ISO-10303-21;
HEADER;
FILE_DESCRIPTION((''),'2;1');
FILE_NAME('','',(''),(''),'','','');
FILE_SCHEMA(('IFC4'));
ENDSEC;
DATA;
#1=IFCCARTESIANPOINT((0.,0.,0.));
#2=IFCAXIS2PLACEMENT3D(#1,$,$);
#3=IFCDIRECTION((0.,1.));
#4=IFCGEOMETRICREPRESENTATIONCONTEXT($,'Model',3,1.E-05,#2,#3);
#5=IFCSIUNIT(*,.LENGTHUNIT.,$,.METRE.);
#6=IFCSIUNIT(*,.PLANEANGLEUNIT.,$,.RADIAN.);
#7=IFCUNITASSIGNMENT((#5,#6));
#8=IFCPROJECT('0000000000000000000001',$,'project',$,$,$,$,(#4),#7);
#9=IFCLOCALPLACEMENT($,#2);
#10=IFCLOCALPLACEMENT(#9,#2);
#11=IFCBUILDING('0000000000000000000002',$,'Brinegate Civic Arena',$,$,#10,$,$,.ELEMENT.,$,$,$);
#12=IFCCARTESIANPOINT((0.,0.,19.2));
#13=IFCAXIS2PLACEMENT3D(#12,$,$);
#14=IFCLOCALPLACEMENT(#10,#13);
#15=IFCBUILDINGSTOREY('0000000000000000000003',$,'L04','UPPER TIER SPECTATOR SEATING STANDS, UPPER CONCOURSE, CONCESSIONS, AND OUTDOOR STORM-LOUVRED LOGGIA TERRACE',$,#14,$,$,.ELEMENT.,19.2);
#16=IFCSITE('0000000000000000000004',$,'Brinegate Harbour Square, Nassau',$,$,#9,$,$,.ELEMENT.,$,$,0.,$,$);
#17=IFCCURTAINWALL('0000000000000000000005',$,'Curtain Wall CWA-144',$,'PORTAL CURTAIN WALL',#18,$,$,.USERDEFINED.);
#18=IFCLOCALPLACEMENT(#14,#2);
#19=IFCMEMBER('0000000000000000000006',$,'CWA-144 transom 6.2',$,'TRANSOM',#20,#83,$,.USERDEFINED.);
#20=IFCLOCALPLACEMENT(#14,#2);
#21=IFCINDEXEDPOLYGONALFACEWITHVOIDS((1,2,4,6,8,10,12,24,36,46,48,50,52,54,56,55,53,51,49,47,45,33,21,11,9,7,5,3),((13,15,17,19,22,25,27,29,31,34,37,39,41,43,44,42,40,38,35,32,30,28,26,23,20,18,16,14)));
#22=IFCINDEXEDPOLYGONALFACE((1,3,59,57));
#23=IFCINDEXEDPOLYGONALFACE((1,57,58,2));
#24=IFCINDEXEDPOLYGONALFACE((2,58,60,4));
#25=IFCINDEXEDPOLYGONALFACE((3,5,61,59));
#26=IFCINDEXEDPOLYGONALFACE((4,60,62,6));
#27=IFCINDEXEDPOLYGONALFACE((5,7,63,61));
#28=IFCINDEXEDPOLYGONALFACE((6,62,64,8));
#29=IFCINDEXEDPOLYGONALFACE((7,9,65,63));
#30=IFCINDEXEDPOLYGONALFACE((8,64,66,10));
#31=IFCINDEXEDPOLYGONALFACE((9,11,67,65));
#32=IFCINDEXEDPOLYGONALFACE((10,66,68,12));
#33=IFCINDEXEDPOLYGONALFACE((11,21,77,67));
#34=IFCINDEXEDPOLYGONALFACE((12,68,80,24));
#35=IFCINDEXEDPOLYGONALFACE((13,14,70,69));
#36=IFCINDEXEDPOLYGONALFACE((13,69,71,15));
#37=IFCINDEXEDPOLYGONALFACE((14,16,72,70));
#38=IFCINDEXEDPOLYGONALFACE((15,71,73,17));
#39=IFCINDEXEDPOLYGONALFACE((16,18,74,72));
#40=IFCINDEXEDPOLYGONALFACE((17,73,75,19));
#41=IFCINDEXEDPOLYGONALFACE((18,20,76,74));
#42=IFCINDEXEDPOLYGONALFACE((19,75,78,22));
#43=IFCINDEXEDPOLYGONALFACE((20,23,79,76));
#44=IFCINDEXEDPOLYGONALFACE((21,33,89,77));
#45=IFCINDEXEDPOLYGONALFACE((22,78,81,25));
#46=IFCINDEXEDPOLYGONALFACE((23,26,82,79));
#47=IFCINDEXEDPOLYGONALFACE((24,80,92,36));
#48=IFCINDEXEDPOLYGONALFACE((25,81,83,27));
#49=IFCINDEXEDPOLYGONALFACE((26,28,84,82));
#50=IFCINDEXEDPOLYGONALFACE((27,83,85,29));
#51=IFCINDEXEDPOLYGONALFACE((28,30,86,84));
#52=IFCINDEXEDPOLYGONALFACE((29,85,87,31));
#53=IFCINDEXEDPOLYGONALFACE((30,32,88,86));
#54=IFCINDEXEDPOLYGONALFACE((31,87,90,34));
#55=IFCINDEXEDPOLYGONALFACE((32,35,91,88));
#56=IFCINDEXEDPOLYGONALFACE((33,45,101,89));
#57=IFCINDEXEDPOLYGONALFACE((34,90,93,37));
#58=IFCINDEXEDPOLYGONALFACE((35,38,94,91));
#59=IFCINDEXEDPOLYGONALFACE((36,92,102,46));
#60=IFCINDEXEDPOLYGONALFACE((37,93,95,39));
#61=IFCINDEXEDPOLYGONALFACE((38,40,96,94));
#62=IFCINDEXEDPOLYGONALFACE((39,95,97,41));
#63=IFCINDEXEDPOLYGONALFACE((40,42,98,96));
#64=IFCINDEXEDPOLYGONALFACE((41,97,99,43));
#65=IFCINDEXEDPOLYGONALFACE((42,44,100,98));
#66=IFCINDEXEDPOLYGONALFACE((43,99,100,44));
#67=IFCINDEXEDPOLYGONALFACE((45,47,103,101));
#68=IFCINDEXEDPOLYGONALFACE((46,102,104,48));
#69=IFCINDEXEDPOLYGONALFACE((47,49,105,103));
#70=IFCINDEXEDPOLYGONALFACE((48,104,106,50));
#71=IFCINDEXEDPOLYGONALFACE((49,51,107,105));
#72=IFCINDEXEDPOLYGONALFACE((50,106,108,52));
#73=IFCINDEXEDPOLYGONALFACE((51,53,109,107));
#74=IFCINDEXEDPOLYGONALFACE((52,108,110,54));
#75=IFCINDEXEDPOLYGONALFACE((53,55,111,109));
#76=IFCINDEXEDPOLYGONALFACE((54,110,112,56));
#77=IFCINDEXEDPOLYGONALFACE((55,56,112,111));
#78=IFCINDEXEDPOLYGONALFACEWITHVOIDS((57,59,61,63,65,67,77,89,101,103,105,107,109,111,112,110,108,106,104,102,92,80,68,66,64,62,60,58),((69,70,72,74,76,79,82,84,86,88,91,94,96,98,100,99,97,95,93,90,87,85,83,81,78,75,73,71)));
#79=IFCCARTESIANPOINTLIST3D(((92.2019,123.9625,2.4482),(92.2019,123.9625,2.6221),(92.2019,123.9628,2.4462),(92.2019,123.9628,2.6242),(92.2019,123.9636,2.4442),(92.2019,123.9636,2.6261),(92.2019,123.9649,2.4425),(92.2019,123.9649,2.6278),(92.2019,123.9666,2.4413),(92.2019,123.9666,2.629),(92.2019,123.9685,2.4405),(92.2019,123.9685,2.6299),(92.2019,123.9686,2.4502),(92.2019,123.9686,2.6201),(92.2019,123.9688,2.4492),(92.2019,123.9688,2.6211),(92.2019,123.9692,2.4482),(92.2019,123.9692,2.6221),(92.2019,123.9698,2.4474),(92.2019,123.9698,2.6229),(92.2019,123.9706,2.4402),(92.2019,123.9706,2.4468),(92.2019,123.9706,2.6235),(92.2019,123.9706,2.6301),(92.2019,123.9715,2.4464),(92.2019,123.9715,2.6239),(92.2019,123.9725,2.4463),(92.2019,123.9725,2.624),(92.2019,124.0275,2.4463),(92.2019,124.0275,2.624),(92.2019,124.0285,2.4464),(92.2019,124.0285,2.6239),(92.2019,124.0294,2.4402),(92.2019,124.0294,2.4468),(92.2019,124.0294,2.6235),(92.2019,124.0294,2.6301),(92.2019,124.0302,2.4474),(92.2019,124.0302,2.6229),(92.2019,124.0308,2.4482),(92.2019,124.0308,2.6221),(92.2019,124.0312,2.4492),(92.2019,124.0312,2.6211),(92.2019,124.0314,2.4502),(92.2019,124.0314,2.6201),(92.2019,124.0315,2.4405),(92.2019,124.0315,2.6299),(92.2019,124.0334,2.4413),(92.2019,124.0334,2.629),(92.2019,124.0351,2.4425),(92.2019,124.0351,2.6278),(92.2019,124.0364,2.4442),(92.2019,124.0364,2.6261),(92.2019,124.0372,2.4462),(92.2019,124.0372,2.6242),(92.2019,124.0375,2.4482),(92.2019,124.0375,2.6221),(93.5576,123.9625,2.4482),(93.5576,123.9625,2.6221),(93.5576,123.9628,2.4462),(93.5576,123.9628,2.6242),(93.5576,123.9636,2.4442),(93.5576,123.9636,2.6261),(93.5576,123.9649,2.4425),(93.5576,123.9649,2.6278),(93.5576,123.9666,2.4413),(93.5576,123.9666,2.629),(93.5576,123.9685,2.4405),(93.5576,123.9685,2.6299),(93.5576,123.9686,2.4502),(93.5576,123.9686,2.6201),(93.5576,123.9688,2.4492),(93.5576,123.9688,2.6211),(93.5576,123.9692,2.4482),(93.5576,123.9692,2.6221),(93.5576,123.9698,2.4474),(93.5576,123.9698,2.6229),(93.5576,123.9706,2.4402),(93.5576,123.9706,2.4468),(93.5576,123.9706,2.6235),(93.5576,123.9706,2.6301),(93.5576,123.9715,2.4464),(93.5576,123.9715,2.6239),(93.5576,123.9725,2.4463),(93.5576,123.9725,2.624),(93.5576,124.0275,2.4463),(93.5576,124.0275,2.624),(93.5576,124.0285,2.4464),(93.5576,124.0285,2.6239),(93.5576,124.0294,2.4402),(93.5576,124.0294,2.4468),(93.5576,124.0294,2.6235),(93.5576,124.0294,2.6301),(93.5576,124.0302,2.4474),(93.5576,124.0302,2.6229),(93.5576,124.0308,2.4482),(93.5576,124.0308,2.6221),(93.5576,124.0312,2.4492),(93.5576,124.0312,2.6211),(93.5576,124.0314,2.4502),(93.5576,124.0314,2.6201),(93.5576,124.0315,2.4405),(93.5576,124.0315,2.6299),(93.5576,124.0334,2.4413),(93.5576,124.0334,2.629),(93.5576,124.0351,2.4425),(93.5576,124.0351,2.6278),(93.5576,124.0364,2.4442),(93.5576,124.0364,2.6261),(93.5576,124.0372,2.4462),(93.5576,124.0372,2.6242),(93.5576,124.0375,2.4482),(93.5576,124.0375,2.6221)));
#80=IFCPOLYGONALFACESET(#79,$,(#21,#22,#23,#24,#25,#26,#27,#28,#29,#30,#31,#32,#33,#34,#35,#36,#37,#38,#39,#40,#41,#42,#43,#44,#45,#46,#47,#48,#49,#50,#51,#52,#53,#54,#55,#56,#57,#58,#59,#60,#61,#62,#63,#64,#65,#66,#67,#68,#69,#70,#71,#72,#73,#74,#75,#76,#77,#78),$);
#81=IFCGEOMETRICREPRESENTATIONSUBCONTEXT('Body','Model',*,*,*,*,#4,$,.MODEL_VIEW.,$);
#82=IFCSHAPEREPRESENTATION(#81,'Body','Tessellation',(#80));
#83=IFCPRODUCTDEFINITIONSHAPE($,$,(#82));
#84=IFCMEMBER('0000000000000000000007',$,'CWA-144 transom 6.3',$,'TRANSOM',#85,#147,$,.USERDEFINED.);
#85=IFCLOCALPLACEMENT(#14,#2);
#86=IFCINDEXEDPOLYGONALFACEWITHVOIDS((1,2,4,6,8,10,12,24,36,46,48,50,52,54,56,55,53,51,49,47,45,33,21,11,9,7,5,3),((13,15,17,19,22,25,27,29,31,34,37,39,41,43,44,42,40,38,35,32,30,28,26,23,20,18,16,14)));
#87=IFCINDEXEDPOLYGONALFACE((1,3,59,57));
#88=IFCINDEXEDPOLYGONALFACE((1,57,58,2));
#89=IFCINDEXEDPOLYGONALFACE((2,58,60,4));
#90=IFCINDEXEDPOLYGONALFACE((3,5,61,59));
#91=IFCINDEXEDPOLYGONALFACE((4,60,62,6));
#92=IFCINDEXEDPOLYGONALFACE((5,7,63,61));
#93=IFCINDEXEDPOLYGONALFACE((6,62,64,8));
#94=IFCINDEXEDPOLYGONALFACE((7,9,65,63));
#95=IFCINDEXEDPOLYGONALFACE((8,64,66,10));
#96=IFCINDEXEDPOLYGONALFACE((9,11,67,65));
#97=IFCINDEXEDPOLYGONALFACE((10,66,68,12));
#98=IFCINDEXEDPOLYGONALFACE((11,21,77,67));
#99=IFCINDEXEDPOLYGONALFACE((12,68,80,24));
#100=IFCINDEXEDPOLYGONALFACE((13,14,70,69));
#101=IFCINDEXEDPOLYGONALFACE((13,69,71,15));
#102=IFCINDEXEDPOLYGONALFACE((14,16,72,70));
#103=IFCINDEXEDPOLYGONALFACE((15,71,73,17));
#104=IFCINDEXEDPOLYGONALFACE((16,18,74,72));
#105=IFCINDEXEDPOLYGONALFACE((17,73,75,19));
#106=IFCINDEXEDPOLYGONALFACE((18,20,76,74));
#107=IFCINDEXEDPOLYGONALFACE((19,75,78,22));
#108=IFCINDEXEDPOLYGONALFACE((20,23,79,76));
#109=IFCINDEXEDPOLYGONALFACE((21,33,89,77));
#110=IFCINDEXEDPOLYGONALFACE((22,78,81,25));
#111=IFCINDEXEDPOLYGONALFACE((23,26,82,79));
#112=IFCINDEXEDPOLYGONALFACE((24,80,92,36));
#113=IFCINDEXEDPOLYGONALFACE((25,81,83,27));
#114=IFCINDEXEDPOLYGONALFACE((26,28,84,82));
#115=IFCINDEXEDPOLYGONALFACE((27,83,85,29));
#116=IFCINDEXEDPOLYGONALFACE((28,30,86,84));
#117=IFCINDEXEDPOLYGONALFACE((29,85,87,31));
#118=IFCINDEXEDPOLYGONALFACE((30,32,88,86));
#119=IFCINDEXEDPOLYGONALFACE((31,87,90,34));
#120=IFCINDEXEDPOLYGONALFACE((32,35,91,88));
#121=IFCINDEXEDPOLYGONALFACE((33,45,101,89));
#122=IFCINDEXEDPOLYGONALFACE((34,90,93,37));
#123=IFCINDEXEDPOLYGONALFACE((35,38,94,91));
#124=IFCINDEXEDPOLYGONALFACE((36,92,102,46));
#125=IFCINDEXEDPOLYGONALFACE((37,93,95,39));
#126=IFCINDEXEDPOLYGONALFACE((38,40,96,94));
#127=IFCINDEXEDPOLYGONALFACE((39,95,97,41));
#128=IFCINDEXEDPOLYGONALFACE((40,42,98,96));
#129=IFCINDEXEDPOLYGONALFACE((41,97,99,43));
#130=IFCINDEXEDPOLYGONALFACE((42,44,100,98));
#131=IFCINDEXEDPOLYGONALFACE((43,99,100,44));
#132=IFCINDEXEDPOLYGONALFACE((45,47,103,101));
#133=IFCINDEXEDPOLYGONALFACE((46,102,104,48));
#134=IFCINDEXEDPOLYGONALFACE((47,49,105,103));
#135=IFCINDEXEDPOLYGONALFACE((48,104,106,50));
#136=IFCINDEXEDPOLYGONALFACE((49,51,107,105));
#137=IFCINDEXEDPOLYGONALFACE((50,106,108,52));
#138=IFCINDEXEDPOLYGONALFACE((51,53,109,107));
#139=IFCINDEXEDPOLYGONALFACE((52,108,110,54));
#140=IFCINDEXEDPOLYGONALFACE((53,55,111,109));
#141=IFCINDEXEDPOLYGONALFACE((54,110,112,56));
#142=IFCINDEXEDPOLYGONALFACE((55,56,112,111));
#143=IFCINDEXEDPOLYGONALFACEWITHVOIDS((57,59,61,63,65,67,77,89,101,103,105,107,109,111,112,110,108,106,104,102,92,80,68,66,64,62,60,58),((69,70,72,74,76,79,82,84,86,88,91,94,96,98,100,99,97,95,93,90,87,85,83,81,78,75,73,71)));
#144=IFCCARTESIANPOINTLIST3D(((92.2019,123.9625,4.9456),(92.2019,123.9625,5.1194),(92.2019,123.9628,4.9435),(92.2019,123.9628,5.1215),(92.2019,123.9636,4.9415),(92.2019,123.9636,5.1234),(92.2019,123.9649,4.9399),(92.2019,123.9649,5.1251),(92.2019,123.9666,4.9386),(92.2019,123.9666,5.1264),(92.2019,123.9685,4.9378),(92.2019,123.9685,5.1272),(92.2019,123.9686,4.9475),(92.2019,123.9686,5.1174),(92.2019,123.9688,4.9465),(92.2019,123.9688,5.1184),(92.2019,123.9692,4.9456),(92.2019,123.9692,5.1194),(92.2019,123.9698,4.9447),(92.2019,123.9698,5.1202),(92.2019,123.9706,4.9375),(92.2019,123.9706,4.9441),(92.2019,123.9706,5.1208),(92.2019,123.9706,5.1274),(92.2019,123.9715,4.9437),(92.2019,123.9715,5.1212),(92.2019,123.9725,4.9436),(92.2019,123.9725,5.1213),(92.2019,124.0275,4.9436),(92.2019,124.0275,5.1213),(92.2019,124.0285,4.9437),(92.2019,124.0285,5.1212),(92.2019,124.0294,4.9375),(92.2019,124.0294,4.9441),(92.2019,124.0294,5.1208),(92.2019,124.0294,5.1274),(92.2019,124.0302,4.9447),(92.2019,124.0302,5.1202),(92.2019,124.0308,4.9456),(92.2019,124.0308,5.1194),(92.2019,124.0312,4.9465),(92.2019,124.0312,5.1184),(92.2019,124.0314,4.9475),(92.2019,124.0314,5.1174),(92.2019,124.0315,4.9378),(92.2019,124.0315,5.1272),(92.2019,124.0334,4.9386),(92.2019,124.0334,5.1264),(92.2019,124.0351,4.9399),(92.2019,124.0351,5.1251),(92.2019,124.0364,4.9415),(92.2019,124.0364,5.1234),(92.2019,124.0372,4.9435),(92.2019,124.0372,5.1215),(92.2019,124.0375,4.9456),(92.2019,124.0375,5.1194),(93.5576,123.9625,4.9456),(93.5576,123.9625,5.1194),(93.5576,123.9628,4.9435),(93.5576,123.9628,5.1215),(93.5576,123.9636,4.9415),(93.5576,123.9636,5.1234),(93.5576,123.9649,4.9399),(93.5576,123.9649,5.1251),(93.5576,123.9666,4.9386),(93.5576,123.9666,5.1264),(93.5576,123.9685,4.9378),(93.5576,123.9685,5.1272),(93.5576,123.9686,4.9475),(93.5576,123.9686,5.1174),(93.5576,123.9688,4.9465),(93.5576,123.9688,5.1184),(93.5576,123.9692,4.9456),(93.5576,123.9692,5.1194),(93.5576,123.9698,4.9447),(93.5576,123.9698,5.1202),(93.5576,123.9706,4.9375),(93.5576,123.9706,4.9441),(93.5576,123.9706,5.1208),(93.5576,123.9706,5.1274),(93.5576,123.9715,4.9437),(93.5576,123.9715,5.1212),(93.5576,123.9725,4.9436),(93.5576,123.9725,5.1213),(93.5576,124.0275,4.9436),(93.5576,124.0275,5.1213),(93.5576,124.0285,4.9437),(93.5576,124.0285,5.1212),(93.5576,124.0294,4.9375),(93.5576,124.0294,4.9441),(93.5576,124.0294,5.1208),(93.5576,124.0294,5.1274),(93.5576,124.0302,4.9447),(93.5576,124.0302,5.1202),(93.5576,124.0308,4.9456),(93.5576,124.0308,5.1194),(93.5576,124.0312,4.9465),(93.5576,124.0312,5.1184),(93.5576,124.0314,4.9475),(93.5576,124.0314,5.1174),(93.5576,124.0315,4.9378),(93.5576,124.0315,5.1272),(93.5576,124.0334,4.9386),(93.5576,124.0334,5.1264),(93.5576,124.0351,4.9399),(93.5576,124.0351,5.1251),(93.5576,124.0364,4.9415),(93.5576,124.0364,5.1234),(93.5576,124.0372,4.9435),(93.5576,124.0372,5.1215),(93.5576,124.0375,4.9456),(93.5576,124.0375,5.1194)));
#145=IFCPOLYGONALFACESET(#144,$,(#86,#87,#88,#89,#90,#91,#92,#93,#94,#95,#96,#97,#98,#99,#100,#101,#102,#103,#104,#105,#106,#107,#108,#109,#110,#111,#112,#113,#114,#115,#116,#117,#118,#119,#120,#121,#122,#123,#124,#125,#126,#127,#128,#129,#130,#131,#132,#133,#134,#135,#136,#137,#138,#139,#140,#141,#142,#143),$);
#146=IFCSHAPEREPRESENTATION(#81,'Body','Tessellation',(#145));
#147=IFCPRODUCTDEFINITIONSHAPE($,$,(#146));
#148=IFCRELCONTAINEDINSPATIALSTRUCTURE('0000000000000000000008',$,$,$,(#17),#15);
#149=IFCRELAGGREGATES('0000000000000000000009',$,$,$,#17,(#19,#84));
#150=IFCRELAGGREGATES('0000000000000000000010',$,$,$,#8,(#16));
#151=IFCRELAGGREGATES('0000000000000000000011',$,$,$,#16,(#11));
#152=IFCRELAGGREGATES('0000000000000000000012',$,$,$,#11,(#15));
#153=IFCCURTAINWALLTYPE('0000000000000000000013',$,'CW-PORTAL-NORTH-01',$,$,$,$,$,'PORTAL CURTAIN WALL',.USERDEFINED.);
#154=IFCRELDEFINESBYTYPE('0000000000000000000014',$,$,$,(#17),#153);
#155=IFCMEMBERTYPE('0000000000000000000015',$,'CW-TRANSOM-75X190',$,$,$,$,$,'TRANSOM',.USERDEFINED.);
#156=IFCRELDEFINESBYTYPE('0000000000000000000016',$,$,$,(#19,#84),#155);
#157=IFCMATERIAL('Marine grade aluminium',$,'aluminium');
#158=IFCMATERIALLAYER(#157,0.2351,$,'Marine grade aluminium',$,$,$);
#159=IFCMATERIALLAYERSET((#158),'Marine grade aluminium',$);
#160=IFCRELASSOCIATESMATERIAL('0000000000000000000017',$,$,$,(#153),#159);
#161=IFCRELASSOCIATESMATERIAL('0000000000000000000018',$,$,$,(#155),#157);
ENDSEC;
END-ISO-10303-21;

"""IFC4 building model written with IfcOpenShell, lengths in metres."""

from ifc_helpers import new_model, si_unit, direction, frame, origin, origin_2d, place, context, subcontext, project, spatial, hollow_rectangle, extrude, material, layer, layer_set, material_profile, profile_set, type_object, element, aggregate, save


model = new_model("IFC4")

# Units and contexts
model_context = context("Model", 3, precision=1e-05, world=origin(), true_north=direction((0.0, 1.0)))
body_context = subcontext(model_context, "Body", "Model", "MODEL_VIEW")
ifc_project = project(units=[si_unit("LENGTHUNIT", "METRE"), si_unit("PLANEANGLEUNIT", "RADIAN")], contexts=[model_context])

# Site, building, storey
site_placement = place(None, origin())
site = spatial("IfcSite", under=ifc_project, at=site_placement, Name="Brinegate Harbour Square, Nassau", CompositionType="ELEMENT", RefElevation=0.0)
building_placement = place(site_placement, origin())
building = spatial("IfcBuilding", under=site, at=building_placement, Name="Brinegate Civic Arena", CompositionType="ELEMENT")
storey_placement = place(building_placement, frame((0.0, 0.0, 19.2)))
storey = spatial("IfcBuildingStorey", under=building, at=storey_placement, Name="L04", Description="UPPER TIER SPECTATOR SEATING STANDS, UPPER CONCOURSE, CONCESSIONS, AND OUTDOOR STORM-LOUVRED LOGGIA TERRACE", CompositionType="ELEMENT", Elevation=19.2)

# Shared definitions
ifc_material_1 = material(Name="Marine grade aluminium", Category="aluminium")
ifc_layer_1 = layer(ifc_material_1, 0.2351, Name="Marine grade aluminium")
ifc_layer_set_1 = layer_set([ifc_layer_1], Name="Marine grade aluminium")
curtain_wall_type = type_object("IfcCurtainWallType", Name="CW-PORTAL-NORTH-01", ElementType="PORTAL CURTAIN WALL", PredefinedType="USERDEFINED", material=ifc_layer_set_1)

# Curtain wall
curtain_wall_1_placement = place(storey_placement, origin())
curtain_wall_1 = element("IfcCurtainWall", 1, at=curtain_wall_1_placement, inside=storey, type_object=curtain_wall_type, Name="Curtain Wall CWA-144", ObjectType="PORTAL CURTAIN WALL", PredefinedType="USERDEFINED")

# Members
ifc_material_profile_1 = material_profile(ifc_material_1, hollow_rectangle(XDim=0.075, YDim=0.1899, WallThickness=0.0061, InnerFilletRadius=0.0039, OuterFilletRadius=0.0081, at=origin_2d()), Name="TRN75X190")
ifc_profile_set_1 = profile_set([ifc_material_profile_1], Name="Marine grade aluminium")
member_type_1 = type_object("IfcMemberType", Name="CW-TRANSOM-75X190", ElementType="TRANSOM", PredefinedType="USERDEFINED", material=ifc_profile_set_1)
member_1_placement = place(storey_placement, frame((92.2019, 124.0, 2.5352), z_axis=(1.0, 0.0, 0.0), x_axis=(0.0, 1.0, 0.0)))
member_1 = element("IfcMember", 2, at=member_1_placement, type_object=member_type_1, Name="CWA-144 transom 6.2", ObjectType="TRANSOM", PredefinedType="USERDEFINED", context=body_context, shape_type="SweptSolid", body=[
    extrude(hollow_rectangle(XDim=0.075, YDim=0.1899, WallThickness=0.0061, InnerFilletRadius=0.0039, OuterFilletRadius=0.0081, at=origin_2d()), origin(), (0.0, 0.0, 1.0), 1.3557),
])
member_2_placement = place(storey_placement, frame((92.2019, 124.0, 5.0325), z_axis=(1.0, 0.0, 0.0), x_axis=(0.0, 1.0, 0.0)))
member_2 = element("IfcMember", 3, at=member_2_placement, type_object=member_type_1, Name="CWA-144 transom 6.3", ObjectType="TRANSOM", PredefinedType="USERDEFINED", context=body_context, shape_type="SweptSolid", body=[
    extrude(hollow_rectangle(XDim=0.075, YDim=0.1899, WallThickness=0.0061, InnerFilletRadius=0.0039, OuterFilletRadius=0.0081, at=origin_2d()), origin(), (0.0, 0.0, 1.0), 1.3557),
])

aggregate(curtain_wall_1, [member_1, member_2])

save(model, "model.ifc")
